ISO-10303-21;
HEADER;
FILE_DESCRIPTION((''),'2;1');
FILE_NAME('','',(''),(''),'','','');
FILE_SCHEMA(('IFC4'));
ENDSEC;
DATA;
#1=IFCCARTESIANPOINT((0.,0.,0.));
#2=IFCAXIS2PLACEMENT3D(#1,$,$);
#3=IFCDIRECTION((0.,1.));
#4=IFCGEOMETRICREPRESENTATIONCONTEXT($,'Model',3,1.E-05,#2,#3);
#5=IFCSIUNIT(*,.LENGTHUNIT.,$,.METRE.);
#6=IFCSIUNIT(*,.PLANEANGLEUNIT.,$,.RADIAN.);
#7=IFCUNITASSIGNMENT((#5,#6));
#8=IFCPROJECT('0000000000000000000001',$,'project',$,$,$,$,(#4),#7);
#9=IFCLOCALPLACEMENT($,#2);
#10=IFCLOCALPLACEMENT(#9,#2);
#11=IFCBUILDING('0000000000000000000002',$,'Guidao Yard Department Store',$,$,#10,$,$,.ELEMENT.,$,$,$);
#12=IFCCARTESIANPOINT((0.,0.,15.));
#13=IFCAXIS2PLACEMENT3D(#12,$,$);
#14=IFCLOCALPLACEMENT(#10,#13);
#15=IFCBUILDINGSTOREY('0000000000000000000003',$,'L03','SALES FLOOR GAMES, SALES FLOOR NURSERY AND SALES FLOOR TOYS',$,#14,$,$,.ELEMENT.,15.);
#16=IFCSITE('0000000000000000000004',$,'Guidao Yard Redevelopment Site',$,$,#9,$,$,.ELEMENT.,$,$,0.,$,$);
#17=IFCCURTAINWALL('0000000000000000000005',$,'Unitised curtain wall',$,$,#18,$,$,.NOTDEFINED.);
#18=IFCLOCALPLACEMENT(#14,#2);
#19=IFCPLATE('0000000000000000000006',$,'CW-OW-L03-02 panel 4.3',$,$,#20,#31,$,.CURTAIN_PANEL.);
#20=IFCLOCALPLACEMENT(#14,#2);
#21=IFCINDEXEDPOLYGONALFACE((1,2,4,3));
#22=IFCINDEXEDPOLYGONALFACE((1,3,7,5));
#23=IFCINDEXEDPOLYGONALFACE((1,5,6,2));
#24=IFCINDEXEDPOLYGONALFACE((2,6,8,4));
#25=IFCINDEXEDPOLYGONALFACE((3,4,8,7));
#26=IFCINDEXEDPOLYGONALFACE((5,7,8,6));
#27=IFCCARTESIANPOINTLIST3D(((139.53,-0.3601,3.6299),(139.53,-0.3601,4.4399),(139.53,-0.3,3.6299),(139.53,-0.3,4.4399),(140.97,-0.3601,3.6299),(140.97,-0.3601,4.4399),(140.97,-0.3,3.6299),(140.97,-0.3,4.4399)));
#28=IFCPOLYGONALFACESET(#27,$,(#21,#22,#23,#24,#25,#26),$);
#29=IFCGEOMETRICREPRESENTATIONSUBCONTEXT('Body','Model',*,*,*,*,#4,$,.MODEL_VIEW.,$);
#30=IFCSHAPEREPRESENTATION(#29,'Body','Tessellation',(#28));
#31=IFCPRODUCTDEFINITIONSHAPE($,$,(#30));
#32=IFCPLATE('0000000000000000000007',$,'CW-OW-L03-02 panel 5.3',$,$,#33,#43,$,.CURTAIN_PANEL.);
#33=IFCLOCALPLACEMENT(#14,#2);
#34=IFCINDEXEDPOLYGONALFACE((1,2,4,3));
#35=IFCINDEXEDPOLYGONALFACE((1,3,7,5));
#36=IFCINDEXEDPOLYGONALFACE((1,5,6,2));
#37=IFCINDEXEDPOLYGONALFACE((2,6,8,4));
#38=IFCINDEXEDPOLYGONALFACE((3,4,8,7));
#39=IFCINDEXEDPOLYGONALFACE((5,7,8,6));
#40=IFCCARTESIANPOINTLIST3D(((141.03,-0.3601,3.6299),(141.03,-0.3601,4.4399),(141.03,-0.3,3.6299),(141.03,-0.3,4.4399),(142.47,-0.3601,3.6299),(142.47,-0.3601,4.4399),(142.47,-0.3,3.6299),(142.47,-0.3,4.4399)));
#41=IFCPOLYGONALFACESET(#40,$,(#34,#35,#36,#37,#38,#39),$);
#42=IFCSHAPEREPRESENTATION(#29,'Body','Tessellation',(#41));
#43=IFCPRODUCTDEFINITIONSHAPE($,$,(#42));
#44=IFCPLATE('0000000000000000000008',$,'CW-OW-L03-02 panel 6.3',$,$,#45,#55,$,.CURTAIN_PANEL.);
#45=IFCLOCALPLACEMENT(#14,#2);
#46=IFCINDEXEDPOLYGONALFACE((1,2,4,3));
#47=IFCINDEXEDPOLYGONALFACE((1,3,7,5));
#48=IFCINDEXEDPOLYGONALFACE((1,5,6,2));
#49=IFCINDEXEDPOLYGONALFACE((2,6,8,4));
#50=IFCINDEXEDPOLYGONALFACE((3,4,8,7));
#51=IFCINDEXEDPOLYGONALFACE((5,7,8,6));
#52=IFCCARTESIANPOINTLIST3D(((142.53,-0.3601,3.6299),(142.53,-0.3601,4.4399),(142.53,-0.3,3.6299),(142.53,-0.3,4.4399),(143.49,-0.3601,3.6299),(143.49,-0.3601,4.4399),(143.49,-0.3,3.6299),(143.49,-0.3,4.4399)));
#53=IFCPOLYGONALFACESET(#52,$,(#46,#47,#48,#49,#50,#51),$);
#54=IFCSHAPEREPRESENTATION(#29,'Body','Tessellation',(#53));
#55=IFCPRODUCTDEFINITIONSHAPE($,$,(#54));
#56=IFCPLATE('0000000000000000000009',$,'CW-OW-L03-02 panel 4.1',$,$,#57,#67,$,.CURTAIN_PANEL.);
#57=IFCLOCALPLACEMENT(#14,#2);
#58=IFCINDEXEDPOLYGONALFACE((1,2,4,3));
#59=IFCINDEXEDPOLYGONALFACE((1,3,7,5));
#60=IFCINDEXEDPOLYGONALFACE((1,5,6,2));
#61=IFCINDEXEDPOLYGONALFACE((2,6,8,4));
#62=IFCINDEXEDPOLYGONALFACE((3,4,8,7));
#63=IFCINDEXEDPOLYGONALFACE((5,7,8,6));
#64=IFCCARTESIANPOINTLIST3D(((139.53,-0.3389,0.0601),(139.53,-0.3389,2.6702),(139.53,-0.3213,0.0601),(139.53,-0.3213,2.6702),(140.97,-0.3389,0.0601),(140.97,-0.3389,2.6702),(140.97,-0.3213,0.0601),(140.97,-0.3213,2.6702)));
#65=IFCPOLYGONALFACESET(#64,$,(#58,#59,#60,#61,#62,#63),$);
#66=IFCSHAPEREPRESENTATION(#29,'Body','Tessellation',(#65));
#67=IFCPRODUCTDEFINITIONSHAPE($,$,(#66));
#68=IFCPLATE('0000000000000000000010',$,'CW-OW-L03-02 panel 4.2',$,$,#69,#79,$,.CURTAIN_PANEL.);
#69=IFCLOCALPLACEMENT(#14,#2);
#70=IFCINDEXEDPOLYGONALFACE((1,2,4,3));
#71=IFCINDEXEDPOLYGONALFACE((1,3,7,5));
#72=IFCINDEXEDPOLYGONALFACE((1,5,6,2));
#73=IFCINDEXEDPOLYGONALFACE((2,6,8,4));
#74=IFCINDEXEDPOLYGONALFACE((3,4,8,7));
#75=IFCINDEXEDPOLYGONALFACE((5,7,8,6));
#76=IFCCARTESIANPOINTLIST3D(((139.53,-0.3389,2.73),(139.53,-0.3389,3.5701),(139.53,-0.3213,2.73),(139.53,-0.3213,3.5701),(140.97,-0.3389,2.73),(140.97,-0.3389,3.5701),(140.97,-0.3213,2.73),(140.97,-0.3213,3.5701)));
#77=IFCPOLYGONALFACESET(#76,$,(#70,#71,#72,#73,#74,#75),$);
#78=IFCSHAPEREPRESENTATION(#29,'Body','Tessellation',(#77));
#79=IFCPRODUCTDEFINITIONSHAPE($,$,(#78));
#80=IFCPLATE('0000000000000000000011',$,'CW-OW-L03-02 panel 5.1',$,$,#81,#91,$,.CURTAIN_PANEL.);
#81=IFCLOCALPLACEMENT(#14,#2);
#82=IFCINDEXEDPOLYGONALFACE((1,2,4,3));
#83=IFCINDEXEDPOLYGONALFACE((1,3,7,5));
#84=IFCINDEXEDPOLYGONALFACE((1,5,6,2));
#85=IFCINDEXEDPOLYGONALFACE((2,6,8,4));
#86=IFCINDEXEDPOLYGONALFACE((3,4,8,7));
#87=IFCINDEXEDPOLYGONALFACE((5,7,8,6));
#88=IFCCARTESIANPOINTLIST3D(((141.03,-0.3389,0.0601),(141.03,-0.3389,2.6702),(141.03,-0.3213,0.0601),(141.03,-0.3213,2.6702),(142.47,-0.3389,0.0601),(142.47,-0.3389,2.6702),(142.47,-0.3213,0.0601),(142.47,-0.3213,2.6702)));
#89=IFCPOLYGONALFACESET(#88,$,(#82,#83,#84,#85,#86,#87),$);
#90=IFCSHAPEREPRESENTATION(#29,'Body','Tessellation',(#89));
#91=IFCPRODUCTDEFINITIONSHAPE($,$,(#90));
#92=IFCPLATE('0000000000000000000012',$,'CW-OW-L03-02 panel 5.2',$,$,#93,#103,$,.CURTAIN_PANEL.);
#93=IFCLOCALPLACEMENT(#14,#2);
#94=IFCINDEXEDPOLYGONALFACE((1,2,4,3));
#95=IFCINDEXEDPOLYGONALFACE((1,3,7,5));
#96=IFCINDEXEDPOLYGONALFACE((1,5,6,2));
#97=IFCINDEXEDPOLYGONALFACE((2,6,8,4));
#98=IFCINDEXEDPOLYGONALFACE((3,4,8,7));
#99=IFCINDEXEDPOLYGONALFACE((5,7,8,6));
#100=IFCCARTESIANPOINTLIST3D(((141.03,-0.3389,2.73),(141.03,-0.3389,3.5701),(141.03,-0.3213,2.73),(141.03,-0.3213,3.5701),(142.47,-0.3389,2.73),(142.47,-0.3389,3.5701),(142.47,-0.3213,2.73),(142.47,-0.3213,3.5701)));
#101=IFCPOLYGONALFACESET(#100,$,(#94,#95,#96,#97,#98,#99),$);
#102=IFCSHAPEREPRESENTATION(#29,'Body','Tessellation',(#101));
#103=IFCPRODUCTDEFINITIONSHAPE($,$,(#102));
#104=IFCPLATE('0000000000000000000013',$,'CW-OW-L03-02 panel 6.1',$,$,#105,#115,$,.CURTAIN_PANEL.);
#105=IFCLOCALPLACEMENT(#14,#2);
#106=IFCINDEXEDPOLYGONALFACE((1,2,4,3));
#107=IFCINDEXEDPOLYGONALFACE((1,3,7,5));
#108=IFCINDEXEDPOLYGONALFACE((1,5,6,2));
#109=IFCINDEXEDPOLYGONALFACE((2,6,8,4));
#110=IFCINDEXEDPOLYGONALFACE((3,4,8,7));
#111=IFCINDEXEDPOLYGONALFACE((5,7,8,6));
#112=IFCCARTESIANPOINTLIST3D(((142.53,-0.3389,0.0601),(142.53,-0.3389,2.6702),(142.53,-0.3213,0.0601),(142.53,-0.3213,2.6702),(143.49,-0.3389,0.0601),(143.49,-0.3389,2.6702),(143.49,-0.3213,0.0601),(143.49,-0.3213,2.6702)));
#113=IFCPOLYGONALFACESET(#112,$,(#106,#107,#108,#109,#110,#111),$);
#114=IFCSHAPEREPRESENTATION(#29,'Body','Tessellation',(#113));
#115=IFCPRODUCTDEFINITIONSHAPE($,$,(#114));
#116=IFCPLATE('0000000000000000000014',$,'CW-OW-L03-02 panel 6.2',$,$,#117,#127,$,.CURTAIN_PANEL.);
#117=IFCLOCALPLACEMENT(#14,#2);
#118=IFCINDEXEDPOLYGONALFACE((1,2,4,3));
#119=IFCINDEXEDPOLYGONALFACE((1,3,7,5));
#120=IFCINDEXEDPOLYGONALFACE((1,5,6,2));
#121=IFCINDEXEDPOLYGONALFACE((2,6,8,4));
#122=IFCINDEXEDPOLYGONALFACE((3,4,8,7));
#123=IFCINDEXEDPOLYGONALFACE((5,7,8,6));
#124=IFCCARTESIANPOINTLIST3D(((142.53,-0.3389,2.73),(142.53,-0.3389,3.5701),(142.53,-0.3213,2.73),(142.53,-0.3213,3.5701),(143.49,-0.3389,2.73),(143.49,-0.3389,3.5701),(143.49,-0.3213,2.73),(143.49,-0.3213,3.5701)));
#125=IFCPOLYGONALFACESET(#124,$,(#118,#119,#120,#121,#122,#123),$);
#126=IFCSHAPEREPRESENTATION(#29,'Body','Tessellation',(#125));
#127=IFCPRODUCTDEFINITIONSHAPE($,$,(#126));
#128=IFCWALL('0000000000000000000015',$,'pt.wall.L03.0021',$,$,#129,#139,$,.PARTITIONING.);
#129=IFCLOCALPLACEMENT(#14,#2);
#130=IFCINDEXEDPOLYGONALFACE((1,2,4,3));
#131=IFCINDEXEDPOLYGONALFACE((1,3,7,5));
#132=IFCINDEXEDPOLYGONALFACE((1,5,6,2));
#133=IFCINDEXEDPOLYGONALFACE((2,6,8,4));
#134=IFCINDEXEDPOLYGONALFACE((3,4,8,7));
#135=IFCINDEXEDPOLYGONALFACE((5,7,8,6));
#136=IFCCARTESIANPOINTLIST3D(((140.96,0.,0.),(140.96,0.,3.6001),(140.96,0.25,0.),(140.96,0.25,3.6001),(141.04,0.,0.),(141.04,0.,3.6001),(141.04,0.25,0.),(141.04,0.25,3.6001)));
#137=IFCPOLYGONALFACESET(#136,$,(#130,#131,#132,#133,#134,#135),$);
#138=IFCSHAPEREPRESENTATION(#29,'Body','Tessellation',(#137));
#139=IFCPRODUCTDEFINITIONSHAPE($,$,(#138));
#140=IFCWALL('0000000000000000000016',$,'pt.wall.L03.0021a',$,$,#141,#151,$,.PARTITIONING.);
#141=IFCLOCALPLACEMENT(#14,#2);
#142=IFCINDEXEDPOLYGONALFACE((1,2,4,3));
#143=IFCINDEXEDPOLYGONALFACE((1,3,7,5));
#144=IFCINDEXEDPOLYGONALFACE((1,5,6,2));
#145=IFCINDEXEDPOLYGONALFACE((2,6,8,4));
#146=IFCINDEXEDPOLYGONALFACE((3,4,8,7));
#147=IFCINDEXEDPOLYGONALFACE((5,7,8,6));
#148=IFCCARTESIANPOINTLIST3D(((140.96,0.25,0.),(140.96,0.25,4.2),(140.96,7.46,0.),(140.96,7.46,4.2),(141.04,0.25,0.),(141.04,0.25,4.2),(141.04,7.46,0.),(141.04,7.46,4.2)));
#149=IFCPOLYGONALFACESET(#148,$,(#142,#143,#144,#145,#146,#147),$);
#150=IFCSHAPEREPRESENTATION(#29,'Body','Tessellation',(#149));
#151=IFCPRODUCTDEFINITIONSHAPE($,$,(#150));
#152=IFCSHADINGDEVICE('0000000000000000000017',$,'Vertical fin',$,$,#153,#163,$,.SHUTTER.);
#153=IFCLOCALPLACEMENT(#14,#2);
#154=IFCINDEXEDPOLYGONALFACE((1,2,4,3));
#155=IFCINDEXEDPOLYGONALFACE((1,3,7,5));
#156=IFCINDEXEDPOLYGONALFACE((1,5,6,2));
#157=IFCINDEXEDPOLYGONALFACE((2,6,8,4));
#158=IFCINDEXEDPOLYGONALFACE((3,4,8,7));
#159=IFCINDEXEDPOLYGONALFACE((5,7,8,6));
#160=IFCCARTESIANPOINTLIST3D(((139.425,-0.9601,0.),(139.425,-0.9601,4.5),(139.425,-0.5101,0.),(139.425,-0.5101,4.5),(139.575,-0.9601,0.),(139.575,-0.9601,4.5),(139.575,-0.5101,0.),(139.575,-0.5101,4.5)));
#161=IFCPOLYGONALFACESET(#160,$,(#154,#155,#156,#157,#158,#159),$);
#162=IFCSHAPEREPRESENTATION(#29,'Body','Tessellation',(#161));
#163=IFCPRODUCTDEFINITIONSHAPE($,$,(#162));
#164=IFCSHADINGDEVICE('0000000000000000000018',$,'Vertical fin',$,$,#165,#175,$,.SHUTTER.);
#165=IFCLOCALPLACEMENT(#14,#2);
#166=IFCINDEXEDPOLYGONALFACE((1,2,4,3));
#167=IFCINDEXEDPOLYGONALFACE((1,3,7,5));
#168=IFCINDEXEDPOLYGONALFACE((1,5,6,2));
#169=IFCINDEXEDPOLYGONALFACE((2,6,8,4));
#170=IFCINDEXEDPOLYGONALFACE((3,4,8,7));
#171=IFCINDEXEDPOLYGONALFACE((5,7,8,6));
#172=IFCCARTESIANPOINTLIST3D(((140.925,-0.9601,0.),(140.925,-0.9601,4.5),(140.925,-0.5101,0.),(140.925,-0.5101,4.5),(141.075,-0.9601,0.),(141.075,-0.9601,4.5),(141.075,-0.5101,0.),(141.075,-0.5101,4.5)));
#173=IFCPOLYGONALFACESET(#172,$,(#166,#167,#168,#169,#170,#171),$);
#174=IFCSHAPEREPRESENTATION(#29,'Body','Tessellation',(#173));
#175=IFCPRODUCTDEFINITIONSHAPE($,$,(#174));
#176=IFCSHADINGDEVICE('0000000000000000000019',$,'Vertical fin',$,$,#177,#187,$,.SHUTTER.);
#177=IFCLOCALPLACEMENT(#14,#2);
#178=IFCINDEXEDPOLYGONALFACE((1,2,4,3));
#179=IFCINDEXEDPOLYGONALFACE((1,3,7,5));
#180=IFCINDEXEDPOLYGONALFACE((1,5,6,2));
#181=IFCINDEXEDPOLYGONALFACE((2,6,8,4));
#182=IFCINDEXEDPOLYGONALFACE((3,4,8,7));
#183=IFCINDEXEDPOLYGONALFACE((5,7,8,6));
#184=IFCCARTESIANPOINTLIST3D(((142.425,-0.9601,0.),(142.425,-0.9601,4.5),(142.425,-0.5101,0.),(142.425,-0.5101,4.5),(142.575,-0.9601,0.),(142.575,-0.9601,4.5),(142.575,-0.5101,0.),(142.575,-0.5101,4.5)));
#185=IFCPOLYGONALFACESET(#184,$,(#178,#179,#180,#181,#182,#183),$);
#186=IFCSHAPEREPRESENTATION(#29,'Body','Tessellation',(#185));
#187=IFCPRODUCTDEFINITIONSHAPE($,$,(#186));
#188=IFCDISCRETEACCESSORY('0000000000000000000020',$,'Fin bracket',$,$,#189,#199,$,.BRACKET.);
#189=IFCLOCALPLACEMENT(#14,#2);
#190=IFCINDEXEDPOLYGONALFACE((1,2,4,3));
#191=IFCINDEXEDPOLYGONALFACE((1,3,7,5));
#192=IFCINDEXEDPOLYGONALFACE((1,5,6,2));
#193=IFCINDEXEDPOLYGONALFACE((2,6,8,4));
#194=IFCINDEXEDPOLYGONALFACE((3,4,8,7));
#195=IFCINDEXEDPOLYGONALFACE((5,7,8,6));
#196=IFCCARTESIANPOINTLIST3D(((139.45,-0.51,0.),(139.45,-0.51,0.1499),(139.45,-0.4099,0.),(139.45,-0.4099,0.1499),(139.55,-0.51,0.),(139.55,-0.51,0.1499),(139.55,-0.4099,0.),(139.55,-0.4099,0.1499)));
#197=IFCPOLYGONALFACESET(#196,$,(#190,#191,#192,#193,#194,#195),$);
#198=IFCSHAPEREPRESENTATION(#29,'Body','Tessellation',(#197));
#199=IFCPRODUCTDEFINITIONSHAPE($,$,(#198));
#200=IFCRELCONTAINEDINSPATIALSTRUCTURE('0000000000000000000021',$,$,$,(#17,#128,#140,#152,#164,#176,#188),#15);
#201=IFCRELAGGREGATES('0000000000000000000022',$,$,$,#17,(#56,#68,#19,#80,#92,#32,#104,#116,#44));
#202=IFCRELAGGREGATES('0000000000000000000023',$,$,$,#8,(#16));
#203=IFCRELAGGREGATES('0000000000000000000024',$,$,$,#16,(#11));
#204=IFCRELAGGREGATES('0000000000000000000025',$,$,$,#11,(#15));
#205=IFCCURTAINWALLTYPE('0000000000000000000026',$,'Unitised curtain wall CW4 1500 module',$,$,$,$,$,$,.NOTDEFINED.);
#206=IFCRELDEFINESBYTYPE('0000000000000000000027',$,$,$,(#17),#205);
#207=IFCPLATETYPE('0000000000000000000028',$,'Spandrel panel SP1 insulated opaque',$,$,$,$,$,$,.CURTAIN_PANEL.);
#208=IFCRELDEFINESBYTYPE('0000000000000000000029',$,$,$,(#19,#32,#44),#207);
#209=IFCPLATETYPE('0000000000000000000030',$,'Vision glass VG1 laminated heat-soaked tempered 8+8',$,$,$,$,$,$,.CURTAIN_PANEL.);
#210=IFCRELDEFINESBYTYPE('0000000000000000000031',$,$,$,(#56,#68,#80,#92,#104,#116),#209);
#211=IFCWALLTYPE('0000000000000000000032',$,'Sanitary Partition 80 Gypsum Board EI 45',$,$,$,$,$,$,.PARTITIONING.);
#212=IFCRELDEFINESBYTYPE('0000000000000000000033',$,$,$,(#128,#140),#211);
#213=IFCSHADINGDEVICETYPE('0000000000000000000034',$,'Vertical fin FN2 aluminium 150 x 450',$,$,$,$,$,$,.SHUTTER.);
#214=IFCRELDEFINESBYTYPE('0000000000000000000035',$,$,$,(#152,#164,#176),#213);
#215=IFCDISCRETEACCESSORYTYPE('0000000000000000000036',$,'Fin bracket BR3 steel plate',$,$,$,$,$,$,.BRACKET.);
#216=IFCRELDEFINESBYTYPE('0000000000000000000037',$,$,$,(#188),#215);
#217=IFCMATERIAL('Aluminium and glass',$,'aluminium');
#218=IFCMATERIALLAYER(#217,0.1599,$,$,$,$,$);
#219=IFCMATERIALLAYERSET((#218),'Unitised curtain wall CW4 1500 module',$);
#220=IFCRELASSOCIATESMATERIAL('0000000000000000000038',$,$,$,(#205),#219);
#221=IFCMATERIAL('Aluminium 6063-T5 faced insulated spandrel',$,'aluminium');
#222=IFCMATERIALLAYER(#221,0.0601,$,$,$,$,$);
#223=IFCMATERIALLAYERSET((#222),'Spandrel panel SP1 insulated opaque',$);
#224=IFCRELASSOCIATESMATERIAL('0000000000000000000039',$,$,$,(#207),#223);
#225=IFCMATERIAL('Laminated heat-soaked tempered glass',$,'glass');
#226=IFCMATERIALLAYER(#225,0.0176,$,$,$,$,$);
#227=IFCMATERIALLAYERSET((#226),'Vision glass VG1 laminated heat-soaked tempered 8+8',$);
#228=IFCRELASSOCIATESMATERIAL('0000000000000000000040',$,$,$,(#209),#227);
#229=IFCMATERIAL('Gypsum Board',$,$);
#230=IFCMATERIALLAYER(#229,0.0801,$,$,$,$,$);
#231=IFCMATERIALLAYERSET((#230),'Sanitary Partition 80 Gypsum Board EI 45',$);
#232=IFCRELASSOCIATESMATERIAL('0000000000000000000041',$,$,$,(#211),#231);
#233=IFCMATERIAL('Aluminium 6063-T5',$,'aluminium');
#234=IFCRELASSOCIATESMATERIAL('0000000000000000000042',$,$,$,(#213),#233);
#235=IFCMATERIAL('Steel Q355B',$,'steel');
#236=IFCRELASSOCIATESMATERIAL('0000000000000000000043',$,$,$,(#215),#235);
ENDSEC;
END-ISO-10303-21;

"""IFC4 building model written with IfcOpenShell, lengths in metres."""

from ifc_helpers import new_model, si_unit, direction, frame, frame_2d, origin, origin_2d, place, context, subcontext, project, spatial, rectangle, extrude, material, layer, layer_set, type_object, element, aggregate, save


model = new_model("IFC4")

# Units and contexts
model_context = context("Model", 3, precision=1e-05, world=origin(), true_north=direction((0.0, 1.0)))
body_context = subcontext(model_context, "Body", "Model", "MODEL_VIEW")
ifc_project = project(units=[si_unit("LENGTHUNIT", "METRE"), si_unit("PLANEANGLEUNIT", "RADIAN")], contexts=[model_context])

# Site, building, storey
site_placement = place(None, origin())
site = spatial("IfcSite", under=ifc_project, at=site_placement, Name="Guidao Yard Redevelopment Site", CompositionType="ELEMENT", RefElevation=0.0)
building_placement = place(site_placement, origin())
building = spatial("IfcBuilding", under=site, at=building_placement, Name="Guidao Yard Department Store", CompositionType="ELEMENT")
storey_placement = place(building_placement, frame((0.0, 0.0, 15.0)))
storey = spatial("IfcBuildingStorey", under=building, at=storey_placement, Name="L03", Description="SALES FLOOR GAMES, SALES FLOOR NURSERY AND SALES FLOOR TOYS", CompositionType="ELEMENT", Elevation=15.0)

# Curtain wall, plates
ifc_material_1 = material(Name="Aluminium and glass", Category="aluminium")
ifc_layer_1 = layer(ifc_material_1, 0.1599)
ifc_layer_set_1 = layer_set([ifc_layer_1], Name="Unitised curtain wall CW4 1500 module")
curtain_wall_type = type_object("IfcCurtainWallType", Name="Unitised curtain wall CW4 1500 module", PredefinedType="NOTDEFINED", material=ifc_layer_set_1)
curtain_wall_placement = place(storey_placement, origin())
curtain_wall = element("IfcCurtainWall", 1, at=curtain_wall_placement, inside=storey, type_object=curtain_wall_type, Name="Unitised curtain wall", PredefinedType="NOTDEFINED")
ifc_material_2 = material(Name="Aluminium 6063-T5 faced insulated spandrel", Category="aluminium")
ifc_layer_2 = layer(ifc_material_2, 0.0601)
ifc_layer_set_2 = layer_set([ifc_layer_2], Name="Spandrel panel SP1 insulated opaque")
plate_type_1 = type_object("IfcPlateType", Name="Spandrel panel SP1 insulated opaque", PredefinedType="CURTAIN_PANEL", material=ifc_layer_set_2)
plate_1_placement = place(storey_placement, frame((140.25, -0.3301, 3.6299), z_axis=(0.0, 0.0, 1.0), x_axis=(-1.0, 0.0, 0.0)))
plate_1 = element("IfcPlate", 2, at=plate_1_placement, type_object=plate_type_1, Name="CW-OW-L03-02 panel 4.3", PredefinedType="CURTAIN_PANEL", context=body_context, shape_type="SweptSolid", body=[
    extrude(rectangle(XDim=1.4399, YDim=0.0601, at=origin_2d()), origin(), (0.0, 0.0, 1.0), 0.8101),
])
plate_2_placement = place(storey_placement, frame((141.75, -0.3301, 3.6299), z_axis=(0.0, 0.0, 1.0), x_axis=(-1.0, 0.0, 0.0)))
plate_2 = element("IfcPlate", 3, at=plate_2_placement, type_object=plate_type_1, Name="CW-OW-L03-02 panel 5.3", PredefinedType="CURTAIN_PANEL", context=body_context, shape_type="SweptSolid", body=[
    extrude(rectangle(XDim=1.4399, YDim=0.0601, at=origin_2d()), origin(), (0.0, 0.0, 1.0), 0.8101),
])
plate_3_placement = place(storey_placement, frame((143.01, -0.3301, 3.6299), z_axis=(0.0, 0.0, 1.0), x_axis=(-1.0, 0.0, 0.0)))
plate_3 = element("IfcPlate", 4, at=plate_3_placement, type_object=plate_type_1, Name="CW-OW-L03-02 panel 6.3", PredefinedType="CURTAIN_PANEL", context=body_context, shape_type="SweptSolid", body=[
    extrude(rectangle(XDim=0.96, YDim=0.0601, at=origin_2d()), origin(), (0.0, 0.0, 1.0), 0.8101),
])
ifc_material_3 = material(Name="Laminated heat-soaked tempered glass", Category="glass")
ifc_layer_3 = layer(ifc_material_3, 0.0176)
ifc_layer_set_3 = layer_set([ifc_layer_3], Name="Vision glass VG1 laminated heat-soaked tempered 8+8")
plate_type_2 = type_object("IfcPlateType", Name="Vision glass VG1 laminated heat-soaked tempered 8+8", PredefinedType="CURTAIN_PANEL", material=ifc_layer_set_3)
plate_4_placement = place(storey_placement, frame((140.25, -0.3301, 0.0601), z_axis=(0.0, 0.0, 1.0), x_axis=(-1.0, 0.0, 0.0)))
plate_4 = element("IfcPlate", 5, at=plate_4_placement, type_object=plate_type_2, Name="CW-OW-L03-02 panel 4.1", PredefinedType="CURTAIN_PANEL", context=body_context, shape_type="SweptSolid", body=[
    extrude(rectangle(XDim=1.4399, YDim=0.0176, at=origin_2d()), origin(), (0.0, 0.0, 1.0), 2.6101),
])
plate_5_placement = place(storey_placement, frame((140.25, -0.3301, 2.73), z_axis=(0.0, 0.0, 1.0), x_axis=(-1.0, 0.0, 0.0)))
plate_5 = element("IfcPlate", 6, at=plate_5_placement, type_object=plate_type_2, Name="CW-OW-L03-02 panel 4.2", PredefinedType="CURTAIN_PANEL", context=body_context, shape_type="SweptSolid", body=[
    extrude(rectangle(XDim=1.4399, YDim=0.0176, at=origin_2d()), origin(), (0.0, 0.0, 1.0), 0.8401),
])
plate_6_placement = place(storey_placement, frame((141.75, -0.3301, 0.0601), z_axis=(0.0, 0.0, 1.0), x_axis=(-1.0, 0.0, 0.0)))
plate_6 = element("IfcPlate", 7, at=plate_6_placement, type_object=plate_type_2, Name="CW-OW-L03-02 panel 5.1", PredefinedType="CURTAIN_PANEL", context=body_context, shape_type="SweptSolid", body=[
    extrude(rectangle(XDim=1.4399, YDim=0.0176, at=origin_2d()), origin(), (0.0, 0.0, 1.0), 2.6101),
])
plate_7_placement = place(storey_placement, frame((141.75, -0.3301, 2.73), z_axis=(0.0, 0.0, 1.0), x_axis=(-1.0, 0.0, 0.0)))
plate_7 = element("IfcPlate", 8, at=plate_7_placement, type_object=plate_type_2, Name="CW-OW-L03-02 panel 5.2", PredefinedType="CURTAIN_PANEL", context=body_context, shape_type="SweptSolid", body=[
    extrude(rectangle(XDim=1.4399, YDim=0.0176, at=origin_2d()), origin(), (0.0, 0.0, 1.0), 0.8401),
])
plate_8_placement = place(storey_placement, frame((143.01, -0.3301, 0.0601), z_axis=(0.0, 0.0, 1.0), x_axis=(-1.0, 0.0, 0.0)))
plate_8 = element("IfcPlate", 9, at=plate_8_placement, type_object=plate_type_2, Name="CW-OW-L03-02 panel 6.1", PredefinedType="CURTAIN_PANEL", context=body_context, shape_type="SweptSolid", body=[
    extrude(rectangle(XDim=0.96, YDim=0.0176, at=origin_2d()), origin(), (0.0, 0.0, 1.0), 2.6101),
])
plate_9_placement = place(storey_placement, frame((143.01, -0.3301, 2.73), z_axis=(0.0, 0.0, 1.0), x_axis=(-1.0, 0.0, 0.0)))
plate_9 = element("IfcPlate", 10, at=plate_9_placement, type_object=plate_type_2, Name="CW-OW-L03-02 panel 6.2", PredefinedType="CURTAIN_PANEL", context=body_context, shape_type="SweptSolid", body=[
    extrude(rectangle(XDim=0.96, YDim=0.0176, at=origin_2d()), origin(), (0.0, 0.0, 1.0), 0.8401),
])
aggregate(curtain_wall, [plate_4, plate_5, plate_1, plate_6, plate_7, plate_2, plate_8, plate_9, plate_3])

# Walls
ifc_material_4 = material(Name="Gypsum Board")
ifc_layer_4 = layer(ifc_material_4, 0.0801)
ifc_layer_set_4 = layer_set([ifc_layer_4], Name="Sanitary Partition 80 Gypsum Board EI 45")
wall_type = type_object("IfcWallType", Name="Sanitary Partition 80 Gypsum Board EI 45", PredefinedType="PARTITIONING", material=ifc_layer_set_4)
wall_1_placement = place(storey_placement, frame((141.0, 0.0, 0.0), z_axis=(0.0, 0.0, 1.0), x_axis=(0.0, 1.0, 0.0)))
element("IfcWall", 11, at=wall_1_placement, inside=storey, type_object=wall_type, Name="pt.wall.L03.0021", PredefinedType="PARTITIONING", context=body_context, shape_type="SweptSolid", body=[
    extrude(rectangle(XDim=0.25, YDim=0.0801, at=frame_2d((0.125, 0.0))), origin(), (0.0, 0.0, 1.0), 3.6001),
])
wall_2_placement = place(storey_placement, frame((141.0, 0.25, 0.0), z_axis=(0.0, 0.0, 1.0), x_axis=(0.0, 1.0, 0.0)))
element("IfcWall", 12, at=wall_2_placement, inside=storey, type_object=wall_type, Name="pt.wall.L03.0021a", PredefinedType="PARTITIONING", context=body_context, shape_type="SweptSolid", body=[
    extrude(rectangle(XDim=7.21, YDim=0.0801, at=frame_2d((3.605, 0.0))), origin(), (0.0, 0.0, 1.0), 4.2),
])

# Shading devices
ifc_material_5 = material(Name="Aluminium 6063-T5", Category="aluminium")
shading_device_type = type_object("IfcShadingDeviceType", Name="Vertical fin FN2 aluminium 150 x 450", PredefinedType="SHUTTER", material=ifc_material_5)
for number, where, z_axis, x_axis, name in (
    (13, (139.5, -0.7351, 0.0), (0.0, 0.0, 1.0), (-1.0, 0.0, 0.0), "Vertical fin"),
    (14, (141.0, -0.7351, 0.0), (0.0, 0.0, 1.0), (-1.0, 0.0, 0.0), "Vertical fin"),
    (15, (142.5, -0.7351, 0.0), (0.0, 0.0, 1.0), (-1.0, 0.0, 0.0), "Vertical fin"),
):
    element("IfcShadingDevice", number, at=place(storey_placement, frame(where, z_axis=z_axis, x_axis=x_axis)), inside=storey, type_object=shading_device_type, Name=name, PredefinedType="SHUTTER", context=body_context, shape_type="SweptSolid", body=[
        extrude(rectangle(XDim=0.1499, YDim=0.45, at=origin_2d()), origin(), (0.0, 0.0, 1.0), 4.5),
    ])

# Discrete accessory
ifc_material_6 = material(Name="Steel Q355B", Category="steel")
discrete_accessory_type = type_object("IfcDiscreteAccessoryType", Name="Fin bracket BR3 steel plate", PredefinedType="BRACKET", material=ifc_material_6)
for number, where, z_axis, x_axis, name in (
    (16, (139.5, -0.46, 0.0), (0.0, 0.0, 1.0), (-1.0, 0.0, 0.0), "Fin bracket"),
):
    element("IfcDiscreteAccessory", number, at=place(storey_placement, frame(where, z_axis=z_axis, x_axis=x_axis)), inside=storey, type_object=discrete_accessory_type, Name=name, PredefinedType="BRACKET", context=body_context, shape_type="SweptSolid", body=[
        extrude(rectangle(XDim=0.1001, YDim=0.1001, at=origin_2d()), origin(), (0.0, 0.0, 1.0), 0.1499),
    ])

save(model, "model.ifc")
